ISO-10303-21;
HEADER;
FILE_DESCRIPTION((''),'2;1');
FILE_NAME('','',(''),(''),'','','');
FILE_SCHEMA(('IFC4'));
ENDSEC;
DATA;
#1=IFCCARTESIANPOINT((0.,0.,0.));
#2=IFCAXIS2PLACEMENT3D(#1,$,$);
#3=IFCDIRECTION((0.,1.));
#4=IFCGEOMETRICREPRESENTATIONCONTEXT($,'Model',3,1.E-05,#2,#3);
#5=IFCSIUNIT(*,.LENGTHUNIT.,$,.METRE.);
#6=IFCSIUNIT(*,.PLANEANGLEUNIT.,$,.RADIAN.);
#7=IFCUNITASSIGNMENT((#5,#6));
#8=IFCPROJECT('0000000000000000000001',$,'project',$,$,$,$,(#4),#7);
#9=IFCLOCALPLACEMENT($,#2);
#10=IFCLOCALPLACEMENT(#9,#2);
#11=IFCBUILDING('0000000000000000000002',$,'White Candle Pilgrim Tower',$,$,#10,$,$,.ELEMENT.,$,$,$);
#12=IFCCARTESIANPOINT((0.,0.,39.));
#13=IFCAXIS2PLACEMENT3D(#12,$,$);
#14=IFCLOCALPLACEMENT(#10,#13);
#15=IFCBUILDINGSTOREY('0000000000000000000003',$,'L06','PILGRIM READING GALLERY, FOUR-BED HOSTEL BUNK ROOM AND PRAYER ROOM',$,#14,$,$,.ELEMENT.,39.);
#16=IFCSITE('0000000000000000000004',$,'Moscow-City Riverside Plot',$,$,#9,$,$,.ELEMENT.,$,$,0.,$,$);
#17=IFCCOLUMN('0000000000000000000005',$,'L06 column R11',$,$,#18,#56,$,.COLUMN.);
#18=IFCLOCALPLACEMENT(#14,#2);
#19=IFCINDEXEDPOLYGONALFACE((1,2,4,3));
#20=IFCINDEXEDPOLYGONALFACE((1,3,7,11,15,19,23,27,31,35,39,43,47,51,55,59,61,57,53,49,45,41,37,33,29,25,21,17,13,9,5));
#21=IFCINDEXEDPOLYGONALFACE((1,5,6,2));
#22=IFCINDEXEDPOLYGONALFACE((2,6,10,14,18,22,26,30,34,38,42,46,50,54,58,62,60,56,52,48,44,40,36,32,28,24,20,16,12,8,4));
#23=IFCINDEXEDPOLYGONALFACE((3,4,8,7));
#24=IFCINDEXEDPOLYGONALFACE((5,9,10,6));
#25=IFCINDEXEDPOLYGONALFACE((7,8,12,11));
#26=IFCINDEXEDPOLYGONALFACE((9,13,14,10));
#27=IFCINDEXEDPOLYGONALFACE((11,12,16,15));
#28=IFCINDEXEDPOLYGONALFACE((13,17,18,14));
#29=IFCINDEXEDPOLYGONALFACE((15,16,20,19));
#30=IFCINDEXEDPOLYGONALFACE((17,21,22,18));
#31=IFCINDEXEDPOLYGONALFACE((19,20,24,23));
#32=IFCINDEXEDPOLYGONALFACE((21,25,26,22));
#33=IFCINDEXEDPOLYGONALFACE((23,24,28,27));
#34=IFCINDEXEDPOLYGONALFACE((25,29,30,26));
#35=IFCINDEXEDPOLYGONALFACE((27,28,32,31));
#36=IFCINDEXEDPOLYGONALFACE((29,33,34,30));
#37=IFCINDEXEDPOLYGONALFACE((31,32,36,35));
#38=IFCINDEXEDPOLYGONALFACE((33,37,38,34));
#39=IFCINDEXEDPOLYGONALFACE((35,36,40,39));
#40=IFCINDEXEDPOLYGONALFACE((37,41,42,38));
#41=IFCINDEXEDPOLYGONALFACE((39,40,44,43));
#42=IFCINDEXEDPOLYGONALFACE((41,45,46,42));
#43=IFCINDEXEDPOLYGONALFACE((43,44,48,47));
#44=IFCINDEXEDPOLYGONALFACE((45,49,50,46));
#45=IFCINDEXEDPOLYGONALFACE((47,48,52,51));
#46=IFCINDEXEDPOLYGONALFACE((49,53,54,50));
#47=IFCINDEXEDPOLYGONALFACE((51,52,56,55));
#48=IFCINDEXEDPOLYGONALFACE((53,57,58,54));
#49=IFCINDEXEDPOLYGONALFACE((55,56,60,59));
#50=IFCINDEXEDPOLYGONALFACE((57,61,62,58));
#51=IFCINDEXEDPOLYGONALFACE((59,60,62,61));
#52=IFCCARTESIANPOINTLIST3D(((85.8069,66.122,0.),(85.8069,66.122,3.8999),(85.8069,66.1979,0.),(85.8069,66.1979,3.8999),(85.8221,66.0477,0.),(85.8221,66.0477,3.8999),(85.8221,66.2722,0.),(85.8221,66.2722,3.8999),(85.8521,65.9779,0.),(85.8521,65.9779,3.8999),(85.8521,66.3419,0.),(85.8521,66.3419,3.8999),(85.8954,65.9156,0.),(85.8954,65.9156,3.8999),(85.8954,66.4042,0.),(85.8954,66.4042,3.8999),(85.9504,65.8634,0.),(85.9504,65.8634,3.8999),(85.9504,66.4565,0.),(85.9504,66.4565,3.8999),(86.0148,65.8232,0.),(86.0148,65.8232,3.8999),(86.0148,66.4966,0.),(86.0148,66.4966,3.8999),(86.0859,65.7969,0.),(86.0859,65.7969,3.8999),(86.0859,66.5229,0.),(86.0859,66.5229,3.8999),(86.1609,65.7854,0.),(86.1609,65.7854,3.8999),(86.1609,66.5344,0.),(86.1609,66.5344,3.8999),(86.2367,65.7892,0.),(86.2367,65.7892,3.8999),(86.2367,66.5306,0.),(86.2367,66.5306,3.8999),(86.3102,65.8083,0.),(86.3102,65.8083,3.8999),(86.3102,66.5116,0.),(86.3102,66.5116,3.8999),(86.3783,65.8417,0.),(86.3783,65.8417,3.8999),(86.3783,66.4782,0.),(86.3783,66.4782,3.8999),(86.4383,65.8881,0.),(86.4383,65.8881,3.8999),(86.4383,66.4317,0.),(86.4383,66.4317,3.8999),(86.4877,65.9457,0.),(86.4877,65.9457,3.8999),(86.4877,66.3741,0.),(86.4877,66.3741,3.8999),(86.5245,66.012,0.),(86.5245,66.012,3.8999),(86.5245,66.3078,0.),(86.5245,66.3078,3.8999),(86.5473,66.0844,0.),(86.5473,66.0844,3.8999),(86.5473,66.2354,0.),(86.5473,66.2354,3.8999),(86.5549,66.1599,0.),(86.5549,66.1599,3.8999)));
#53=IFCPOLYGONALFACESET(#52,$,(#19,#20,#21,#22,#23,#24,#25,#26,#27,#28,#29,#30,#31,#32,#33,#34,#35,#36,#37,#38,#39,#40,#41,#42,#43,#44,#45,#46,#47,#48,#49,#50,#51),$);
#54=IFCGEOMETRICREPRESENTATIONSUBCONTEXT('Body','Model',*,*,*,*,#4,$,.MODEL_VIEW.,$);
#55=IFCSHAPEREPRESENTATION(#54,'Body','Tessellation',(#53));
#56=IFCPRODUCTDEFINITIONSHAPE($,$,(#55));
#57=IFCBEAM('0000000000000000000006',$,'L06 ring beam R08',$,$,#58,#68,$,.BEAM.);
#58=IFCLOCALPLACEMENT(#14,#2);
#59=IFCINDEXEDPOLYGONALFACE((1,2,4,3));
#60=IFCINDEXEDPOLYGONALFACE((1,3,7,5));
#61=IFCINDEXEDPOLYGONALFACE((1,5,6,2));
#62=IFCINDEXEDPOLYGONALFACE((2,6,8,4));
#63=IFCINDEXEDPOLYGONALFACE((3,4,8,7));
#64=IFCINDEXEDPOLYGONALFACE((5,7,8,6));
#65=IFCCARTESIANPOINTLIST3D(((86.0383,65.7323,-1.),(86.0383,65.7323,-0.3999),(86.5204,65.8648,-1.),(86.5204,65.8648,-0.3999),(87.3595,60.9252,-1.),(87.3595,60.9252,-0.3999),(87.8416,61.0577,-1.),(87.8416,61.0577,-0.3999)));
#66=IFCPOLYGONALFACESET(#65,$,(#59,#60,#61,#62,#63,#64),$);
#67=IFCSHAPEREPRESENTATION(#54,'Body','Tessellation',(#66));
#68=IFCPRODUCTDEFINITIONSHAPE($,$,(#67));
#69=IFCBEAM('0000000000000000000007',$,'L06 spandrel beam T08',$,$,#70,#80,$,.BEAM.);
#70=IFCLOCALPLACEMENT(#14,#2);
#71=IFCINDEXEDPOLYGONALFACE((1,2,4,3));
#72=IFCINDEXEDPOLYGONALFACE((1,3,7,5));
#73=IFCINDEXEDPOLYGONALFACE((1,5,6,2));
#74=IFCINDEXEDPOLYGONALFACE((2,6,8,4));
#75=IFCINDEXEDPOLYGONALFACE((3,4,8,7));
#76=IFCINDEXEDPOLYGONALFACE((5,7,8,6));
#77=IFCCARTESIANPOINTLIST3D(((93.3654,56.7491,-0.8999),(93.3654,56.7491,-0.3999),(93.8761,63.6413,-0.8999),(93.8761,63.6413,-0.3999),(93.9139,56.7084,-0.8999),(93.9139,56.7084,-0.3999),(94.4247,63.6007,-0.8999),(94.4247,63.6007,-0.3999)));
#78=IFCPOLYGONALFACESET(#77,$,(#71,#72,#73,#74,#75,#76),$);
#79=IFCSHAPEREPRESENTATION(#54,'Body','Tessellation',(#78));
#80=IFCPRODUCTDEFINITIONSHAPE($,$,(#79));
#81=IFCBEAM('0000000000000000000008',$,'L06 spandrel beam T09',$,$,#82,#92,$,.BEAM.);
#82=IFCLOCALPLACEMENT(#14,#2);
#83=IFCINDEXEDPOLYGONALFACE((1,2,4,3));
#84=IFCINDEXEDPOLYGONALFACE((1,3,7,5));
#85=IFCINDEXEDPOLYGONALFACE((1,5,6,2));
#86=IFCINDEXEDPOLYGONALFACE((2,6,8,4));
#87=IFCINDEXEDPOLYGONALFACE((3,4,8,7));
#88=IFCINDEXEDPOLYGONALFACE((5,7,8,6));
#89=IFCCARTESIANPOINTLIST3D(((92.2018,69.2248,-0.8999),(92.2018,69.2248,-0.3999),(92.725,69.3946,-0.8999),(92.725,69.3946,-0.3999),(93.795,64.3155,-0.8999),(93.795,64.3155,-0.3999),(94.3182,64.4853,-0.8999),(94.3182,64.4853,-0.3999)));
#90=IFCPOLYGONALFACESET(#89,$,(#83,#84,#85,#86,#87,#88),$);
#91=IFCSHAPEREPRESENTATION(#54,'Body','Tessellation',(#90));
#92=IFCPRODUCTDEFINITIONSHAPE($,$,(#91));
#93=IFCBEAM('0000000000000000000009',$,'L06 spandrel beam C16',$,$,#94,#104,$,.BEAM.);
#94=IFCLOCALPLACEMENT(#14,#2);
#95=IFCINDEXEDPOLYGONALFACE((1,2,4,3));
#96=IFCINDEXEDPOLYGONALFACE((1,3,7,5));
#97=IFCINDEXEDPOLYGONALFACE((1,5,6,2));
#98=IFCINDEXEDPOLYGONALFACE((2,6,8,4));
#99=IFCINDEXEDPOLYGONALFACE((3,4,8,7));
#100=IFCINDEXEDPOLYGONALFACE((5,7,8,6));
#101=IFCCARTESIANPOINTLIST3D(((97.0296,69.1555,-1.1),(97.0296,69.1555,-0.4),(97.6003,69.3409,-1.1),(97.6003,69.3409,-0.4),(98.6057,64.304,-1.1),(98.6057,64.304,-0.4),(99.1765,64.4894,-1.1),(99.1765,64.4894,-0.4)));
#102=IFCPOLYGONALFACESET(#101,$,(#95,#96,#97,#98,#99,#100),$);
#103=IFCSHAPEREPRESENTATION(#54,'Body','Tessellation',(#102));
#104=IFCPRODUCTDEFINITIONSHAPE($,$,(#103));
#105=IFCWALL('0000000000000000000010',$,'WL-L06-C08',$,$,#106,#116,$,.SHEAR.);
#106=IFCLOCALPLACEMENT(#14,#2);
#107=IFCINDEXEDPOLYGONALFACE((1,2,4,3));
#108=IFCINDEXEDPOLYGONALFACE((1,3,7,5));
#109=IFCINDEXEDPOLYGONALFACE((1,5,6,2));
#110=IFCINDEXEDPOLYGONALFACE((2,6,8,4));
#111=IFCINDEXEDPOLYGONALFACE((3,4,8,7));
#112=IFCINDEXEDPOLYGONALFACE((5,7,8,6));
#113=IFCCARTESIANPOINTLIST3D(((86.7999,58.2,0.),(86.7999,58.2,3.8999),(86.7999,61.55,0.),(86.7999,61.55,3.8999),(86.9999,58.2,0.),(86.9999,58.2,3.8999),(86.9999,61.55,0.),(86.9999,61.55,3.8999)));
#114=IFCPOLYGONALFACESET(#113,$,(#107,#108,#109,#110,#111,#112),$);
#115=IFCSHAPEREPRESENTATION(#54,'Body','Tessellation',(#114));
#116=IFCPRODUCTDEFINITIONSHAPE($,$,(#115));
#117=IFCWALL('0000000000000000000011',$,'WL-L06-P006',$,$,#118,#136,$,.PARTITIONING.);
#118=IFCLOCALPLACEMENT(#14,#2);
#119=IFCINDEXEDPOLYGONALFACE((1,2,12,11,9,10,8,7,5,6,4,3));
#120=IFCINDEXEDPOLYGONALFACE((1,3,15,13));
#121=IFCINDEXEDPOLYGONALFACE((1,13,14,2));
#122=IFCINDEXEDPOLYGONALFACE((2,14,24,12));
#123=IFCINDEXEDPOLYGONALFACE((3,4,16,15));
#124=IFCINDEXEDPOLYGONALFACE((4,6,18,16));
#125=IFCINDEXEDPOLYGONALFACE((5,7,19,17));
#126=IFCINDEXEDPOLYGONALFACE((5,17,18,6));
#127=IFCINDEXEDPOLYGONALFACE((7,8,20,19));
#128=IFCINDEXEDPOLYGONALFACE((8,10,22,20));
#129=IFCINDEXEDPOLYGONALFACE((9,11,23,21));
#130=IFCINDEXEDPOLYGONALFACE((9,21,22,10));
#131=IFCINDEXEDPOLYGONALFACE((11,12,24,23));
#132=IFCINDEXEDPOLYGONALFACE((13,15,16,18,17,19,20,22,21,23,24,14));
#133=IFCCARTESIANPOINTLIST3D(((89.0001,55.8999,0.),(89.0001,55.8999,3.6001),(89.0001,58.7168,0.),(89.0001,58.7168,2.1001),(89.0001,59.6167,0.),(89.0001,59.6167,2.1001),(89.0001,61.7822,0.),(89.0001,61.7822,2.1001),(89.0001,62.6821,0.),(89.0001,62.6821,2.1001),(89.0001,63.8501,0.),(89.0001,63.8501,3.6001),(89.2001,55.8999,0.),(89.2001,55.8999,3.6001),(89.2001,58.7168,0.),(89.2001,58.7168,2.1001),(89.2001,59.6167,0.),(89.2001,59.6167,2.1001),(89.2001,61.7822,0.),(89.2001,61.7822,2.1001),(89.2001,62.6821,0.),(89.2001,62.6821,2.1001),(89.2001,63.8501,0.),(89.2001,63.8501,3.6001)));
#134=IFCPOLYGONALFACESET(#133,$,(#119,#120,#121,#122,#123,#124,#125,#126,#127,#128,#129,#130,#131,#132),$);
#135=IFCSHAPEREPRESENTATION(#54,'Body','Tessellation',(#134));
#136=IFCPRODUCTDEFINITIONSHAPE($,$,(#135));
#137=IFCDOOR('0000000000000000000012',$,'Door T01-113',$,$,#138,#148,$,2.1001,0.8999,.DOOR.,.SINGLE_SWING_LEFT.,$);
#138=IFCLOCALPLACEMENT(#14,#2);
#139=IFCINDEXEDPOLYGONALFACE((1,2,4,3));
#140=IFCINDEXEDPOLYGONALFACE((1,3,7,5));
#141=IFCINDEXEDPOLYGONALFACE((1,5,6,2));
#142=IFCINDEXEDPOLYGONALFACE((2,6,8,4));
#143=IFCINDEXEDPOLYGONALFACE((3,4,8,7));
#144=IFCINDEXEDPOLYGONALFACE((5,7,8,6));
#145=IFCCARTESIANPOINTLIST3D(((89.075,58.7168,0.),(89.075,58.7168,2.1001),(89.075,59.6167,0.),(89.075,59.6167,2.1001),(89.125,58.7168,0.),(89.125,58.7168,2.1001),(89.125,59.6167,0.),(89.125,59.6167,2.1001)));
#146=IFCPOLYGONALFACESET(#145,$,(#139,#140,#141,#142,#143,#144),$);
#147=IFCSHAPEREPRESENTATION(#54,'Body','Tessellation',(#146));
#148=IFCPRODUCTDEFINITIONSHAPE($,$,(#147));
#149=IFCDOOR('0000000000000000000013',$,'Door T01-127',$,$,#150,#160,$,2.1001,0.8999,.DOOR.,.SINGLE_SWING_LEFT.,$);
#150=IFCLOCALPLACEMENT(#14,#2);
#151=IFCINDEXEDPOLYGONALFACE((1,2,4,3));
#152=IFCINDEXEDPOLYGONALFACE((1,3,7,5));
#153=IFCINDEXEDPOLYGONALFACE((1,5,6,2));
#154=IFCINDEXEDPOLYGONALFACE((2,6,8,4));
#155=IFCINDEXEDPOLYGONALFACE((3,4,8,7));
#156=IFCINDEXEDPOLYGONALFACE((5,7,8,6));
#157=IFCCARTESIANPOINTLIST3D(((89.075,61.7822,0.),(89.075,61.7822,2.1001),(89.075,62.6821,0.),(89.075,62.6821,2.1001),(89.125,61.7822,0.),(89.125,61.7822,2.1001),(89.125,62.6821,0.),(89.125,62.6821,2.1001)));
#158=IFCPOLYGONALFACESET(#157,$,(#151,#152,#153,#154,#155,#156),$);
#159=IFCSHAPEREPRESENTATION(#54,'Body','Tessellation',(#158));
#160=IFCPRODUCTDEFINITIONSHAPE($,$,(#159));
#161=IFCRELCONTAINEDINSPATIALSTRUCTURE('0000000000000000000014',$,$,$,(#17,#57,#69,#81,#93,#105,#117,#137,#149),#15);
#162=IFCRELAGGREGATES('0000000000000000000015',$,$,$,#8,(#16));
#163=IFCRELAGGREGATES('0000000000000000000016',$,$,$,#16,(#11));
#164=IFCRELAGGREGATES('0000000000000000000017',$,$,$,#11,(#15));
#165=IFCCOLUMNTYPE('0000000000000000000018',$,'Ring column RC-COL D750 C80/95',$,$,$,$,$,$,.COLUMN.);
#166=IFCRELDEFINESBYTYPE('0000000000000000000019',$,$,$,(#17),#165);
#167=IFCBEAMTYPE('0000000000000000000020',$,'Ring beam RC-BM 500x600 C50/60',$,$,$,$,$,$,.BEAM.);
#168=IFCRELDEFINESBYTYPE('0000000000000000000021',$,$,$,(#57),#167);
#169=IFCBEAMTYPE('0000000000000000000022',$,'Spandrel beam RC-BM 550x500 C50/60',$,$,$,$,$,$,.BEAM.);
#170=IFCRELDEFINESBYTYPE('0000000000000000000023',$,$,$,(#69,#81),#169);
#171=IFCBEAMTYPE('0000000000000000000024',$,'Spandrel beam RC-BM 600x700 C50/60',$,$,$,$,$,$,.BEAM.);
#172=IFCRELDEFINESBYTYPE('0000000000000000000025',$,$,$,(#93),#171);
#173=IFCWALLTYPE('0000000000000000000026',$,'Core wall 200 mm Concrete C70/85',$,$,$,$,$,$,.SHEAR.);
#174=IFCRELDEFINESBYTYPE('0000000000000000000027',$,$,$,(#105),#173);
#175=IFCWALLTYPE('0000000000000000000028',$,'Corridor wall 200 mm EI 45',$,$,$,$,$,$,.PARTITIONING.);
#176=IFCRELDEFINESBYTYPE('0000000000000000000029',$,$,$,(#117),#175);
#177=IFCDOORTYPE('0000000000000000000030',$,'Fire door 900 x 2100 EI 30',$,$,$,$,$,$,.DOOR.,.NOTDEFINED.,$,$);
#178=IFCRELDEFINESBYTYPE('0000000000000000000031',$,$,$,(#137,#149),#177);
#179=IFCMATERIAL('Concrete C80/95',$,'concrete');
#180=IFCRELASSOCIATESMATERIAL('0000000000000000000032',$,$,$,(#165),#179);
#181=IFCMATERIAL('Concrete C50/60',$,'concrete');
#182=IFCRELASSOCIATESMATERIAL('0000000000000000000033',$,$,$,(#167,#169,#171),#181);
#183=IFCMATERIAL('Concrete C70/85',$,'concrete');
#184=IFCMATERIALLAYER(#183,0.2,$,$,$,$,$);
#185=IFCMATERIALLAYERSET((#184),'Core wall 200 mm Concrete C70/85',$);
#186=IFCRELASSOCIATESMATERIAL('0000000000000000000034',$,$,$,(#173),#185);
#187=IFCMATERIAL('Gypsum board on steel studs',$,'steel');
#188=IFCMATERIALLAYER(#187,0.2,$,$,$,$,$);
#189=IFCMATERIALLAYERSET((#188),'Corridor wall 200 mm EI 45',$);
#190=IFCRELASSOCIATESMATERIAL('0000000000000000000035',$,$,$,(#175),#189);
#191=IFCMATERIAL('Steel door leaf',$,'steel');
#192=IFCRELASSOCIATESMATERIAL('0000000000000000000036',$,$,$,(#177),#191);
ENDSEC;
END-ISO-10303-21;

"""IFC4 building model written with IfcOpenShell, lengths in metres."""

from ifc_helpers import new_model, si_unit, direction, frame, frame_2d, origin, origin_2d, place, context, subcontext, project, spatial, rectangle, circle, extrude, material, layer, layer_set, material_profile, profile_set, type_object, element, fill, save


model = new_model("IFC4")

# Units and contexts
model_context = context("Model", 3, precision=1e-05, world=origin(), true_north=direction((0.0, 1.0)))
body_context = subcontext(model_context, "Body", "Model", "MODEL_VIEW")
ifc_project = project(units=[si_unit("LENGTHUNIT", "METRE"), si_unit("PLANEANGLEUNIT", "RADIAN")], contexts=[model_context])

# Site, building, storey
site_placement = place(None, origin())
site = spatial("IfcSite", under=ifc_project, at=site_placement, Name="Moscow-City Riverside Plot", CompositionType="ELEMENT", RefElevation=0.0)
building_placement = place(site_placement, origin())
building = spatial("IfcBuilding", under=site, at=building_placement, Name="White Candle Pilgrim Tower", CompositionType="ELEMENT")
storey_placement = place(building_placement, frame((0.0, 0.0, 39.0)))
storey = spatial("IfcBuildingStorey", under=building, at=storey_placement, Name="L06", Description="PILGRIM READING GALLERY, FOUR-BED HOSTEL BUNK ROOM AND PRAYER ROOM", CompositionType="ELEMENT", Elevation=39.0)

# Column
ifc_material_1 = material(Name="Concrete C80/95", Category="concrete")
ifc_material_profile_1 = material_profile(ifc_material_1, circle(Radius=0.375, at=origin_2d()), Name="RC-COL D750")
ifc_profile_set_1 = profile_set([ifc_material_profile_1], Name="Concrete C80/95")
column_type_1 = type_object("IfcColumnType", Name="Ring column RC-COL D750 C80/95", PredefinedType="COLUMN", material=ifc_profile_set_1)
for number, where, z_axis, x_axis, name in (
    (1, (86.1799, 66.1599, 0.0), (0.0, 0.0, 1.0), (1.0, 0.0, 0.0), "L06 column R11"),
):
    element("IfcColumn", number, at=place(storey_placement, frame(where, z_axis=z_axis, x_axis=x_axis)), inside=storey, type_object=column_type_1, Name=name, PredefinedType="COLUMN", context=body_context, shape_type="SweptSolid", body=[
        extrude(circle(Radius=0.375, at=origin_2d()), origin(), (0.0, 0.0, 1.0), 3.8999),
    ])

# Beams
ifc_material_2 = material(Name="Concrete C50/60", Category="concrete")
ifc_material_profile_2 = material_profile(ifc_material_2, rectangle(XDim=0.5, YDim=0.6001, at=origin_2d()), Name="RC-BM 500x600")
ifc_profile_set_2 = profile_set([ifc_material_profile_2], Name="Concrete C50/60")
beam_type_1 = type_object("IfcBeamType", Name="Ring beam RC-BM 500x600 C50/60", PredefinedType="BEAM", material=ifc_profile_set_2)
beam_1_placement = place(storey_placement, frame((87.6006, 60.9915, -0.7), z_axis=(-0.265031, 0.96424, 0.0), x_axis=(-0.96424, -0.265031, 0.0)))
element("IfcBeam", 2, at=beam_1_placement, inside=storey, type_object=beam_type_1, Name="L06 ring beam R08", PredefinedType="BEAM", context=body_context, shape_type="SweptSolid", body=[
    extrude(rectangle(XDim=0.5, YDim=0.6001, at=origin_2d()), origin(), (0.0, 0.0, 1.0), 4.9854),
])
ifc_material_profile_3 = material_profile(ifc_material_2, rectangle(XDim=0.55, YDim=0.5, at=origin_2d()), Name="RC-BM 550x500")
ifc_profile_set_3 = profile_set([ifc_material_profile_3], Name="Concrete C50/60")
beam_type_2 = type_object("IfcBeamType", Name="Spandrel beam RC-BM 550x500 C50/60", PredefinedType="BEAM", material=ifc_profile_set_3)
beam_2_placement = place(storey_placement, frame((93.6396, 56.7288, -0.6499), z_axis=(0.0739, 0.997266, 0.0), x_axis=(-0.997266, 0.0739, 0.0)))
element("IfcBeam", 3, at=beam_2_placement, inside=storey, type_object=beam_type_2, Name="L06 spandrel beam T08", PredefinedType="BEAM", context=body_context, shape_type="SweptSolid", body=[
    extrude(rectangle(XDim=0.55, YDim=0.5, at=origin_2d()), origin(), (0.0, 0.0, 1.0), 6.9111),
])
beam_3_placement = place(storey_placement, frame((94.0566, 64.4004, -0.6499), z_axis=(-0.308683, 0.951165, 0.0), x_axis=(-0.951165, -0.308683, 0.0)))
element("IfcBeam", 4, at=beam_3_placement, inside=storey, type_object=beam_type_2, Name="L06 spandrel beam T09", PredefinedType="BEAM", context=body_context, shape_type="SweptSolid", body=[
    extrude(rectangle(XDim=0.55, YDim=0.5, at=origin_2d()), origin(), (0.0, 0.0, 1.0), 5.1614),
])
ifc_material_profile_4 = material_profile(ifc_material_2, rectangle(XDim=0.6001, YDim=0.7, at=origin_2d()), Name="RC-BM 600x700")
ifc_profile_set_4 = profile_set([ifc_material_profile_4], Name="Concrete C50/60")
beam_type_3 = type_object("IfcBeamType", Name="Spandrel beam RC-BM 600x700 C50/60", PredefinedType="BEAM", material=ifc_profile_set_4)
beam_4_placement = place(storey_placement, frame((98.8911, 64.3967, -0.75), z_axis=(-0.308982, 0.951068, 0.0), x_axis=(-0.951068, -0.308982, 0.0)))
element("IfcBeam", 5, at=beam_4_placement, inside=storey, type_object=beam_type_3, Name="L06 spandrel beam C16", PredefinedType="BEAM", context=body_context, shape_type="SweptSolid", body=[
    extrude(rectangle(XDim=0.6001, YDim=0.7, at=origin_2d()), origin(), (0.0, 0.0, 1.0), 5.1011),
])

# Wall
ifc_material_3 = material(Name="Concrete C70/85", Category="concrete")
ifc_layer_1 = layer(ifc_material_3, 0.2)
ifc_layer_set_1 = layer_set([ifc_layer_1], Name="Core wall 200 mm Concrete C70/85")
wall_type_1 = type_object("IfcWallType", Name="Core wall 200 mm Concrete C70/85", PredefinedType="SHEAR", material=ifc_layer_set_1)
wall_1_placement = place(storey_placement, frame((86.8999, 58.2, 0.0), z_axis=(0.0, 0.0, 1.0), x_axis=(0.0, 1.0, 0.0)))
element("IfcWall", 6, at=wall_1_placement, inside=storey, type_object=wall_type_1, Name="WL-L06-C08", PredefinedType="SHEAR", context=body_context, shape_type="SweptSolid", body=[
    extrude(rectangle(XDim=3.3501, YDim=0.2, at=frame_2d((1.675, 0.0))), origin(), (0.0, 0.0, 1.0), 3.8999),
])

# Wall, openings, doors
ifc_material_4 = material(Name="Gypsum board on steel studs", Category="steel")
ifc_layer_2 = layer(ifc_material_4, 0.2)
ifc_layer_set_2 = layer_set([ifc_layer_2], Name="Corridor wall 200 mm EI 45")
wall_type_2 = type_object("IfcWallType", Name="Corridor wall 200 mm EI 45", PredefinedType="PARTITIONING", material=ifc_layer_set_2)
wall_2_placement = place(storey_placement, frame((89.1001, 63.8501, 0.0), z_axis=(0.0, 0.0, 1.0), x_axis=(0.0, -1.0, 0.0)))
wall_2 = element("IfcWall", 7, at=wall_2_placement, inside=storey, type_object=wall_type_2, Name="WL-L06-P006", PredefinedType="PARTITIONING", context=body_context, shape_type="SweptSolid", body=[
    extrude(rectangle(XDim=7.9502, YDim=0.2, at=frame_2d((3.9751, 0.0))), origin(), (0.0, 0.0, 1.0), 3.6001),
])
opening_1_placement = place(wall_2_placement, frame((4.2334, 0.0, 0.0)))
opening_1 = element("IfcOpeningElement", 8, at=opening_1_placement, cuts=wall_2, PredefinedType="OPENING", context=body_context, shape_type="SweptSolid", body=[
    extrude(rectangle(XDim=0.8999, YDim=2.1001, at=frame_2d((0.45, 1.05))), frame((0.0, 0.1099, 0.0), z_axis=(0.0, -1.0, 0.0), x_axis=(1.0, 0.0, 0.0)), (0.0, 0.0, 1.0), 0.22),
])
opening_2_placement = place(wall_2_placement, frame((1.168, 0.0, 0.0)))
opening_2 = element("IfcOpeningElement", 9, at=opening_2_placement, cuts=wall_2, PredefinedType="OPENING", context=body_context, shape_type="SweptSolid", body=[
    extrude(rectangle(XDim=0.8999, YDim=2.1001, at=frame_2d((0.45, 1.05))), frame((0.0, 0.1099, 0.0), z_axis=(0.0, -1.0, 0.0), x_axis=(1.0, 0.0, 0.0)), (0.0, 0.0, 1.0), 0.22),
])
ifc_material_5 = material(Name="Steel door leaf", Category="steel")
door_type_1 = type_object("IfcDoorType", Name="Fire door 900 x 2100 EI 30", OperationType="NOTDEFINED", PredefinedType="DOOR", material=ifc_material_5)
door_1_placement = place(opening_1_placement, origin())
door_1 = element("IfcDoor", 10, at=door_1_placement, inside=storey, type_object=door_type_1, Name="Door T01-113", OperationType="SINGLE_SWING_LEFT", OverallHeight=2.1001, OverallWidth=0.8999, PredefinedType="DOOR", context=body_context, shape_type="SweptSolid", body=[
    extrude(rectangle(XDim=0.8999, YDim=2.1001, at=frame_2d((0.45, 1.05))), frame((0.0, 0.0249, 0.0), z_axis=(0.0, -1.0, 0.0), x_axis=(1.0, 0.0, 0.0)), (0.0, 0.0, 1.0), 0.05),
])
fill(opening_1, door_1)
door_2_placement = place(opening_2_placement, origin())
door_2 = element("IfcDoor", 11, at=door_2_placement, inside=storey, type_object=door_type_1, Name="Door T01-127", OperationType="SINGLE_SWING_LEFT", OverallHeight=2.1001, OverallWidth=0.8999, PredefinedType="DOOR", context=body_context, shape_type="SweptSolid", body=[
    extrude(rectangle(XDim=0.8999, YDim=2.1001, at=frame_2d((0.45, 1.05))), frame((0.0, 0.0249, 0.0), z_axis=(0.0, -1.0, 0.0), x_axis=(1.0, 0.0, 0.0)), (0.0, 0.0, 1.0), 0.05),
])
fill(opening_2, door_2)

save(model, "model.ifc")
